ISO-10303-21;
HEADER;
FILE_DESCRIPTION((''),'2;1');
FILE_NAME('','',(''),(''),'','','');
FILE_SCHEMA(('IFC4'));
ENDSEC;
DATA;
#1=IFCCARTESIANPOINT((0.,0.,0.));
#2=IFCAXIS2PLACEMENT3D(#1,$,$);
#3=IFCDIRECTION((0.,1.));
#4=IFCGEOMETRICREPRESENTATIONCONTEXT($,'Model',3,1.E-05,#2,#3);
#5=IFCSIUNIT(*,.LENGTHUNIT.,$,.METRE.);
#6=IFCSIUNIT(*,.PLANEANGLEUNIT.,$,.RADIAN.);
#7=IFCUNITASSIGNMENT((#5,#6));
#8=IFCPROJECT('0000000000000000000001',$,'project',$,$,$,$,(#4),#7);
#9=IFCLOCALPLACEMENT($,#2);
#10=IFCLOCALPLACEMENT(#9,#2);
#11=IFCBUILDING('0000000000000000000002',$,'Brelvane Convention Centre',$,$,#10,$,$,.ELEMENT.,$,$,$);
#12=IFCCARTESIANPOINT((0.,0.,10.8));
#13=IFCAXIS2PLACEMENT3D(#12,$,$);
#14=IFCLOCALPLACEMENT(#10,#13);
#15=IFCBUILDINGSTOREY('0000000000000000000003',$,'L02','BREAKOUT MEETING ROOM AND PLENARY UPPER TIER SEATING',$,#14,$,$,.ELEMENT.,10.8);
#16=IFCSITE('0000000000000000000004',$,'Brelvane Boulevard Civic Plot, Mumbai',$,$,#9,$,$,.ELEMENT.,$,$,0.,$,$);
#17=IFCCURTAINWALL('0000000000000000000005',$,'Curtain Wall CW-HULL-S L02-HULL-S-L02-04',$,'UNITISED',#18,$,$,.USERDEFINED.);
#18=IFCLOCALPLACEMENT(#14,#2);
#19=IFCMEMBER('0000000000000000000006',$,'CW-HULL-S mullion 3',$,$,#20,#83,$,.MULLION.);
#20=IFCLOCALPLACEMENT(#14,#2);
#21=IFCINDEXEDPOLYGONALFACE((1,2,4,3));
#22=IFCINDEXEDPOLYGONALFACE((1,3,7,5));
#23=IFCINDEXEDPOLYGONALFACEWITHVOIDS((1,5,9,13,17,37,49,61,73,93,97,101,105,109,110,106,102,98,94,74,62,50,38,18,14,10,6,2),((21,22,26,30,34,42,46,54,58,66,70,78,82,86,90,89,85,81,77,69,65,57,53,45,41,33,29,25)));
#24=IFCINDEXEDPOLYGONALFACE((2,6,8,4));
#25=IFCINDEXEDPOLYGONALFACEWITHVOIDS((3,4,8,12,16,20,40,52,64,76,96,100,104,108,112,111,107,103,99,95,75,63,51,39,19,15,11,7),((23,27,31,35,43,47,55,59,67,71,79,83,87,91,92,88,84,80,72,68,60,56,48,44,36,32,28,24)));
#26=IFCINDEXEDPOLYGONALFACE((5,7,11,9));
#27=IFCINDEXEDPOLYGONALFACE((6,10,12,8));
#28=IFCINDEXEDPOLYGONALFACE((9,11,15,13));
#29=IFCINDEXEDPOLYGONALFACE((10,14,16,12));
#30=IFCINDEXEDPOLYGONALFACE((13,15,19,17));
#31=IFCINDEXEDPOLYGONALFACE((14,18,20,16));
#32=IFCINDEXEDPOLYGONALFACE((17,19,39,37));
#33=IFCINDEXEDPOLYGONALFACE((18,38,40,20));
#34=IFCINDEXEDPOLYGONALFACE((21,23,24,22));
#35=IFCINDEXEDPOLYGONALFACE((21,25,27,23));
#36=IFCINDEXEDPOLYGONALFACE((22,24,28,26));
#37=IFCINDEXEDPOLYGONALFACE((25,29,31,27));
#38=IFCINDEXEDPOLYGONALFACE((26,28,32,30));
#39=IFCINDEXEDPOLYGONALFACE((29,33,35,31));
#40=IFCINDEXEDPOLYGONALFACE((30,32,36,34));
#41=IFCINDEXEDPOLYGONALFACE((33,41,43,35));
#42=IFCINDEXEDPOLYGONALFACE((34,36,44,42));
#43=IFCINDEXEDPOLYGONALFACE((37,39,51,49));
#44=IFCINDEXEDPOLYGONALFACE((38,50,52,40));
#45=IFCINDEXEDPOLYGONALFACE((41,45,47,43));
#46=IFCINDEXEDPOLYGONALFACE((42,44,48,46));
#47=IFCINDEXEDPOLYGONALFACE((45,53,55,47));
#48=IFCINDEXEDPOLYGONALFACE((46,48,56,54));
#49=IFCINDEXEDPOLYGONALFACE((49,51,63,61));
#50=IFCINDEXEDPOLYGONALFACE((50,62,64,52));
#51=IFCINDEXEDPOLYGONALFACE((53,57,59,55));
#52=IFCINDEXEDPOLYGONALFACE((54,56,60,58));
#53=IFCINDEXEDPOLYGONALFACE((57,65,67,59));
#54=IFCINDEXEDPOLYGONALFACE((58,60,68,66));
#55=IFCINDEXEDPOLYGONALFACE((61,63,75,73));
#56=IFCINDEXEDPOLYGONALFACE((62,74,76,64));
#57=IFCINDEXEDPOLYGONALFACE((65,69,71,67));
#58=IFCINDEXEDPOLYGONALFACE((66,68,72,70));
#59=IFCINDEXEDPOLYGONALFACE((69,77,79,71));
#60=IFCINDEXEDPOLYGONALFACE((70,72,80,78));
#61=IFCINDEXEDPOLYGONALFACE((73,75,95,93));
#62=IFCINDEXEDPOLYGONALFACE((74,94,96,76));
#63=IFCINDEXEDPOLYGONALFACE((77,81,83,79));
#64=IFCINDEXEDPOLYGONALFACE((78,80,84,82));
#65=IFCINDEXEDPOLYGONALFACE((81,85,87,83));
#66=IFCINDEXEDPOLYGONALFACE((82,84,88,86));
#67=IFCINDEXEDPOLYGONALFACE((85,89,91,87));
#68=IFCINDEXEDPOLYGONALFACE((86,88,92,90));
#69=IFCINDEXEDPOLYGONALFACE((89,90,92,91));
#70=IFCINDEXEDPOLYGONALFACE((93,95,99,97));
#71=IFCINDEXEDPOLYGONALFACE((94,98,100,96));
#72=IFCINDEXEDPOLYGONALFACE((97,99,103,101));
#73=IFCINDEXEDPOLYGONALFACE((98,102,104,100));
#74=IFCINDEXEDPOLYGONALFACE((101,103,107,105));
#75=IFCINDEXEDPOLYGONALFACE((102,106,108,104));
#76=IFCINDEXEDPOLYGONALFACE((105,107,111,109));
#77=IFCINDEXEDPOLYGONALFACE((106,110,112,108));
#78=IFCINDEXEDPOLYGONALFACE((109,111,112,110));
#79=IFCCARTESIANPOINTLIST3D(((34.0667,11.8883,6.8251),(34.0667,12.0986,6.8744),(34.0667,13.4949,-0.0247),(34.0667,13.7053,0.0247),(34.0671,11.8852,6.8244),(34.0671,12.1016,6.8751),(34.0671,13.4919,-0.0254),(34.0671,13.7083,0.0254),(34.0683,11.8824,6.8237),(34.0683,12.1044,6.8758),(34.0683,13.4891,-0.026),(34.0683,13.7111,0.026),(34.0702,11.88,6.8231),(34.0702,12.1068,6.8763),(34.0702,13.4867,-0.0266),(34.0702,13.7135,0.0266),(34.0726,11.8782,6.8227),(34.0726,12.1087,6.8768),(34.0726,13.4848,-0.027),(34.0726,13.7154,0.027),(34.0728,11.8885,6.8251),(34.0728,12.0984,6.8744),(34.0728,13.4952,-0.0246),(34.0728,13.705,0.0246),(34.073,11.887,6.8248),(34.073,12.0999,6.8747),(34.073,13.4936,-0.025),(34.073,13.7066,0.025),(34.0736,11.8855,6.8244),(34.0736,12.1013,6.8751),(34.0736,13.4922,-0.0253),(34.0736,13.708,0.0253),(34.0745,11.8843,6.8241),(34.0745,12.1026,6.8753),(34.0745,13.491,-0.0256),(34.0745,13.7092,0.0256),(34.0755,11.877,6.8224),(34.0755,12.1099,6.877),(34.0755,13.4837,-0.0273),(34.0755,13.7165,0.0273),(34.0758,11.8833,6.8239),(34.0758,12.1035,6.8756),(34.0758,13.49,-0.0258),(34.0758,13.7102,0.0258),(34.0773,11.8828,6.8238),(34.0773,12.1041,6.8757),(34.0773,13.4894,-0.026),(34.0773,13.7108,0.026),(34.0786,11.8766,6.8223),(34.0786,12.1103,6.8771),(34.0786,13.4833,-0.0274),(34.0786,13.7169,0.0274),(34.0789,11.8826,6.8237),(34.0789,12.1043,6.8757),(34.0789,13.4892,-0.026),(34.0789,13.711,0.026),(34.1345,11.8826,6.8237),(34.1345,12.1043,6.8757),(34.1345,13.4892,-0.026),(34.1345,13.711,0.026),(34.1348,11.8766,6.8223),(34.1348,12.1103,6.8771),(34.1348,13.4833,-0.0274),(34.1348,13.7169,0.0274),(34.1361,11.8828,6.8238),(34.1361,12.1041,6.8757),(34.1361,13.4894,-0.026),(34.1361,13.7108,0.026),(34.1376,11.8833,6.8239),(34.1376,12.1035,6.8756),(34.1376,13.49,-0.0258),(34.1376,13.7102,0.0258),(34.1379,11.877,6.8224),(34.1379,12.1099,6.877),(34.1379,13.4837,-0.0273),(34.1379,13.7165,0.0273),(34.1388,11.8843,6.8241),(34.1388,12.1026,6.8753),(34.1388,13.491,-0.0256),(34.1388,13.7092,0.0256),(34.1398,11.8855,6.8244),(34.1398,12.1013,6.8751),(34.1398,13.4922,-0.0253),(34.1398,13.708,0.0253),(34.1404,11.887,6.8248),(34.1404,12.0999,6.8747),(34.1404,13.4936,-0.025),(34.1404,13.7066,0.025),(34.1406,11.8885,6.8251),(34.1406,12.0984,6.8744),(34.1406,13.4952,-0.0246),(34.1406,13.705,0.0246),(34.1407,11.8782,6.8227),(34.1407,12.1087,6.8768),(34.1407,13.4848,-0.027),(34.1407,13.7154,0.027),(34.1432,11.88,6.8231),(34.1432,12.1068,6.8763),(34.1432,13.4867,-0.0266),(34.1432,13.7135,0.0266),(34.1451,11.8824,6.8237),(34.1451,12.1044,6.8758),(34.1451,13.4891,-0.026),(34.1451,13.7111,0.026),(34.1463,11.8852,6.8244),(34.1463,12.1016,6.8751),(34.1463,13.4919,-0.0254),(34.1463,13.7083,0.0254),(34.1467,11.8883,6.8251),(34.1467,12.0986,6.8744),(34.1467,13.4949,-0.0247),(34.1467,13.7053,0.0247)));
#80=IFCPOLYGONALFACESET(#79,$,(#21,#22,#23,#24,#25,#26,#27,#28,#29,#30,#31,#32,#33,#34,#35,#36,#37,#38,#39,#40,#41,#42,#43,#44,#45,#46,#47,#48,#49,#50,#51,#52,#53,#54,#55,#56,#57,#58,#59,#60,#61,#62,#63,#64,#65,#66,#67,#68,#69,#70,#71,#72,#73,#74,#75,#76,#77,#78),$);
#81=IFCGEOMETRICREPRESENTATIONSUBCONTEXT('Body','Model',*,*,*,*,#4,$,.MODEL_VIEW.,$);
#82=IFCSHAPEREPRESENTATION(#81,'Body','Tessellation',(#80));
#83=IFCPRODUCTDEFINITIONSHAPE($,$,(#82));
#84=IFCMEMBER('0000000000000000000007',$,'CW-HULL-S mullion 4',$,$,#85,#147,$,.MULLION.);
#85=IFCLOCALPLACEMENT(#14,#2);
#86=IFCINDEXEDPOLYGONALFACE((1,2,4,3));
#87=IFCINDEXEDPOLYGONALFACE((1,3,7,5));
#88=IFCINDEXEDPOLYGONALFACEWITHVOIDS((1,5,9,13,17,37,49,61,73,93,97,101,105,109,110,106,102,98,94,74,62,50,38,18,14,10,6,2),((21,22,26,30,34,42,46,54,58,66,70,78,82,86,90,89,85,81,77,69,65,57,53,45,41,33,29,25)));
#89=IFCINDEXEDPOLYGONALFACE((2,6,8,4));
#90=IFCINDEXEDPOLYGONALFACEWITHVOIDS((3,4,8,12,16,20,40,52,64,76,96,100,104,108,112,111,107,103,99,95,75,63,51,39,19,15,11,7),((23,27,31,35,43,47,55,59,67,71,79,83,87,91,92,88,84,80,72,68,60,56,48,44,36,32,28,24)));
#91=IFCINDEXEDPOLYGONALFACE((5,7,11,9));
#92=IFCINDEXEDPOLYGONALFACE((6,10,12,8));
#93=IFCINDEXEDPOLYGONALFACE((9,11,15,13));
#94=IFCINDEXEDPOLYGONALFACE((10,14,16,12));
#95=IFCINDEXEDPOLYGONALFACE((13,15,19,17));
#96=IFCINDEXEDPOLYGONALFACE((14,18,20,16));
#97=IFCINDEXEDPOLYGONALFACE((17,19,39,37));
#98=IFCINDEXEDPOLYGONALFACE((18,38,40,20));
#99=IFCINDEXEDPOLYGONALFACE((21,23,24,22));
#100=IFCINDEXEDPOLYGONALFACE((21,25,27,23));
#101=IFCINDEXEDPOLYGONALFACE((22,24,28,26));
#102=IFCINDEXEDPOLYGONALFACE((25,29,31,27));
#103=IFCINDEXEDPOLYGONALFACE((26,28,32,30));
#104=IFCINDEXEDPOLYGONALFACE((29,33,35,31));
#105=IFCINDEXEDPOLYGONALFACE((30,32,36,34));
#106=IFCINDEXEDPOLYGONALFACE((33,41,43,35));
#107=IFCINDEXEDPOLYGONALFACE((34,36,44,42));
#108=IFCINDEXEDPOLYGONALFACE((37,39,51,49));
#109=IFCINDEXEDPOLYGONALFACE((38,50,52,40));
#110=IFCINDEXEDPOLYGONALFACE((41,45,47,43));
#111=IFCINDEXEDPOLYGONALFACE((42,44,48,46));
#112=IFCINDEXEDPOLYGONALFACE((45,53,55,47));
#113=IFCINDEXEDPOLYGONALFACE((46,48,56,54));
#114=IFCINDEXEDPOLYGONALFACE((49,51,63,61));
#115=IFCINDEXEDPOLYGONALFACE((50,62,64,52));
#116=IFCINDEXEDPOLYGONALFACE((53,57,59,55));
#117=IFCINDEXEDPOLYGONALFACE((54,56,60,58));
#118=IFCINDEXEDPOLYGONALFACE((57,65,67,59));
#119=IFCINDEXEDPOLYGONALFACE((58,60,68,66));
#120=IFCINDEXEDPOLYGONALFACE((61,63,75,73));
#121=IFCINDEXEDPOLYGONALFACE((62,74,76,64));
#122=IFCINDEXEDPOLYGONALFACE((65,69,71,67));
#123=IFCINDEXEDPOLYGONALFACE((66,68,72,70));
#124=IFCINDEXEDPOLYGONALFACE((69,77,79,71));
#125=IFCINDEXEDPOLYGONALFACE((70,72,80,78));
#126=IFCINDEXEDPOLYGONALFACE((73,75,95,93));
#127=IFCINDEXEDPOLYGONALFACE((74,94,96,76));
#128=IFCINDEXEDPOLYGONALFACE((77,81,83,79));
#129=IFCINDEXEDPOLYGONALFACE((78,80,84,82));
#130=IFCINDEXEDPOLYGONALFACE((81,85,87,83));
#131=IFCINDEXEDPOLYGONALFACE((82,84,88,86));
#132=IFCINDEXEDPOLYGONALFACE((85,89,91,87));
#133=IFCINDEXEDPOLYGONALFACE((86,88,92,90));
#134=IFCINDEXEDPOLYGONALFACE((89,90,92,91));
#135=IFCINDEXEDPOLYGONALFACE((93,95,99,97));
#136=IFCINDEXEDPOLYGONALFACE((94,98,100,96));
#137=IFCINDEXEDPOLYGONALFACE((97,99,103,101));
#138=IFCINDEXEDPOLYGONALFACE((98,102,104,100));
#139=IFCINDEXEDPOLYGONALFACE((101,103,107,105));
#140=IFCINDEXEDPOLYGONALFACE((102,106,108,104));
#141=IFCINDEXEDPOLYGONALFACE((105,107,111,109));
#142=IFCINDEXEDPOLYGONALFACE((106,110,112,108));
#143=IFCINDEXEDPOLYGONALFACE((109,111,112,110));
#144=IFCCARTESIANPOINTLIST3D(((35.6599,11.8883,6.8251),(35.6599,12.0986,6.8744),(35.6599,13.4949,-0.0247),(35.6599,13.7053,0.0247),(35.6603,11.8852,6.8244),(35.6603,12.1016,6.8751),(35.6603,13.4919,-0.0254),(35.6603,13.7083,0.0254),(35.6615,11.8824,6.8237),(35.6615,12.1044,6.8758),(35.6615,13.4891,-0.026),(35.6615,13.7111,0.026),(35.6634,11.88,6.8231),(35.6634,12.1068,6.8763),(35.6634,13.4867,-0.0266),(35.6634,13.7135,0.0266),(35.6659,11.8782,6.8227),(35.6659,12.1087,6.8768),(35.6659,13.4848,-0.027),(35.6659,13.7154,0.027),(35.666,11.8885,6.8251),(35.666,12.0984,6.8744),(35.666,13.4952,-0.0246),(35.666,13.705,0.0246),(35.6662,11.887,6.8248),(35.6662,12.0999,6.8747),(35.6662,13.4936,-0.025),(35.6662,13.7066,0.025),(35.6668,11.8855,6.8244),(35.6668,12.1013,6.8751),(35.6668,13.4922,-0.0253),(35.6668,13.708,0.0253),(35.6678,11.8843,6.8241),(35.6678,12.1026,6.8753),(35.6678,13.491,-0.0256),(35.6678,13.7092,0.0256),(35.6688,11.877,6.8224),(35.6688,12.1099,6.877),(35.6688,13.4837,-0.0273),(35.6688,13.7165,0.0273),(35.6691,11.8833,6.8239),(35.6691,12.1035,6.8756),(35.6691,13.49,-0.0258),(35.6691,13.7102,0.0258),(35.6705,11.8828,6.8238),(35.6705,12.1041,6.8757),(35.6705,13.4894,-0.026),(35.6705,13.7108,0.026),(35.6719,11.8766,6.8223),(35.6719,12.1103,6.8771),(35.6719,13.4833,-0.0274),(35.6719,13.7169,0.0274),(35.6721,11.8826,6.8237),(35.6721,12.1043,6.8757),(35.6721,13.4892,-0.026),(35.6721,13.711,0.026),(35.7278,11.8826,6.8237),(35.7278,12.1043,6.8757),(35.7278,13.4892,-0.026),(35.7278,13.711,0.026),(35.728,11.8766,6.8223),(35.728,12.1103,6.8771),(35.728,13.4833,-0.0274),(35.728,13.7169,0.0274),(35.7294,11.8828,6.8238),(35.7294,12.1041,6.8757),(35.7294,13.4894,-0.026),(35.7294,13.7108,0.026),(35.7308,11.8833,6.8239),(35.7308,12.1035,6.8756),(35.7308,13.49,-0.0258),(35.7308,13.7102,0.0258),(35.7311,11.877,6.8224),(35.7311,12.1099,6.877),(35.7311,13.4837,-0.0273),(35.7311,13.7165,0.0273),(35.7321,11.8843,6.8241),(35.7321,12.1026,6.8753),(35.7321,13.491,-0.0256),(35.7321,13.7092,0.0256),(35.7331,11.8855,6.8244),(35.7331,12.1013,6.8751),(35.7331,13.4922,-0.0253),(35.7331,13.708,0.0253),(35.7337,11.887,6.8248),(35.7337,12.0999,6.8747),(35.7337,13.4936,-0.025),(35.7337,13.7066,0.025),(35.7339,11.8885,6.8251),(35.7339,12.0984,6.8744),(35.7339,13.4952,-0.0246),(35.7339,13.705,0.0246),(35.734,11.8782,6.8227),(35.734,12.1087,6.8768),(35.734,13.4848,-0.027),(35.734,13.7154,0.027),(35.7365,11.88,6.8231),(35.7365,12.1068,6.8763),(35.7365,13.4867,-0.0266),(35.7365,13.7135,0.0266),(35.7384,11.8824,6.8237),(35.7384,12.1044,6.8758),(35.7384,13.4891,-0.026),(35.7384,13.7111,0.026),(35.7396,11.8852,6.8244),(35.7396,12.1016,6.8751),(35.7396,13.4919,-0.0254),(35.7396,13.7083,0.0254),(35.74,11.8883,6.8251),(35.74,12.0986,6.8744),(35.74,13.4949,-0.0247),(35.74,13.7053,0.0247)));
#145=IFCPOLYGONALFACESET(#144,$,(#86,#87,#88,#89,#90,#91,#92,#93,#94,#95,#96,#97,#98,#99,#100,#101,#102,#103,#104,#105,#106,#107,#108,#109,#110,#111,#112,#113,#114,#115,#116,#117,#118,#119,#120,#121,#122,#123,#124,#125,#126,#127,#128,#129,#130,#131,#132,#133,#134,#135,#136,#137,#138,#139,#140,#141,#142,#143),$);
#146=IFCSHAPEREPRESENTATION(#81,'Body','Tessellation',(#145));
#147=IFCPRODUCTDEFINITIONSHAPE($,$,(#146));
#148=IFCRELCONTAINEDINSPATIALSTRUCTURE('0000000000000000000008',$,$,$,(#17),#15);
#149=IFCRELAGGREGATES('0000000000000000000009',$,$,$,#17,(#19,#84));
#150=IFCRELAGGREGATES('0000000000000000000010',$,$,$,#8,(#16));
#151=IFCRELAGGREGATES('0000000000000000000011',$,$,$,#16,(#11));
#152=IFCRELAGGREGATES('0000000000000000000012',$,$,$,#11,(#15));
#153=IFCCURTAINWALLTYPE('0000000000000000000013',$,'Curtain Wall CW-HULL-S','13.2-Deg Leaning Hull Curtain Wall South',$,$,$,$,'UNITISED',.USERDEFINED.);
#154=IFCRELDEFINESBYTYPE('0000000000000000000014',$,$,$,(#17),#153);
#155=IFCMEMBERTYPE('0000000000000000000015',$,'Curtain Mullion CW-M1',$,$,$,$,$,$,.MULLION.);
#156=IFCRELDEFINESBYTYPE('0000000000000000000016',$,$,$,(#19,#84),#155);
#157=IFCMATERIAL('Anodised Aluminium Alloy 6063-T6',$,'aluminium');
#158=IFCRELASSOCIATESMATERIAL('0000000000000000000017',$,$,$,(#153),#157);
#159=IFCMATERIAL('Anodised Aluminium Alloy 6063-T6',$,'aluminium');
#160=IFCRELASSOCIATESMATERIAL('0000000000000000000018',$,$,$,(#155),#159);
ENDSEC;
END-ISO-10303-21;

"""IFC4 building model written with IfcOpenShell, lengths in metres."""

from ifc_helpers import new_model, si_unit, direction, frame, origin, origin_2d, place, context, subcontext, project, spatial, hollow_rectangle, extrude, material, material_profile, profile_set, type_object, element, aggregate, save


model = new_model("IFC4")

# Units and contexts
model_context = context("Model", 3, precision=1e-05, world=origin(), true_north=direction((0.0, 1.0)))
body_context = subcontext(model_context, "Body", "Model", "MODEL_VIEW")
ifc_project = project(units=[si_unit("LENGTHUNIT", "METRE"), si_unit("PLANEANGLEUNIT", "RADIAN")], contexts=[model_context])

# Site, building, storey
site_placement = place(None, origin())
site = spatial("IfcSite", under=ifc_project, at=site_placement, Name="Brelvane Boulevard Civic Plot, Mumbai", CompositionType="ELEMENT", RefElevation=0.0)
building_placement = place(site_placement, origin())
building = spatial("IfcBuilding", under=site, at=building_placement, Name="Brelvane Convention Centre", CompositionType="ELEMENT")
storey_placement = place(building_placement, frame((0.0, 0.0, 10.8)))
storey = spatial("IfcBuildingStorey", under=building, at=storey_placement, Name="L02", Description="BREAKOUT MEETING ROOM AND PLENARY UPPER TIER SEATING", CompositionType="ELEMENT", Elevation=10.8)

# Shared definitions
ifc_material_1 = material(Name="Anodised Aluminium Alloy 6063-T6", Category="aluminium")
curtain_wall_type = type_object("IfcCurtainWallType", Name="Curtain Wall CW-HULL-S", Description="13.2-Deg Leaning Hull Curtain Wall South", ElementType="UNITISED", PredefinedType="USERDEFINED", material=ifc_material_1)
ifc_material_2 = material(Name="Anodised Aluminium Alloy 6063-T6", Category="aluminium")
ifc_material_profile_1 = material_profile(ifc_material_2, hollow_rectangle(XDim=0.0801, YDim=0.24, WallThickness=0.0061, InnerFilletRadius=0.0061, OuterFilletRadius=0.012, at=origin_2d()), Name="ALU-M 240x80x6.0")
ifc_profile_set_1 = profile_set([ifc_material_profile_1], Name="Anodised Aluminium Alloy 6063-T6")
member_type_1 = type_object("IfcMemberType", Name="Curtain Mullion CW-M1", PredefinedType="MULLION", material=ifc_profile_set_1)

# Curtain wall, members
curtain_wall_1_placement = place(storey_placement, origin())
curtain_wall_1 = element("IfcCurtainWall", 1, at=curtain_wall_1_placement, inside=storey, type_object=curtain_wall_type, Name="Curtain Wall CW-HULL-S L02-HULL-S-L02-04", ObjectType="UNITISED", PredefinedType="USERDEFINED")
member_1_placement = place(storey_placement, frame((34.1067, 13.6001, 0.0), z_axis=(0.0, -0.22836, 0.973577), x_axis=(1.0, 0.0, 0.0)))
member_1 = element("IfcMember", 2, at=member_1_placement, type_object=member_type_1, Name="CW-HULL-S mullion 3", PredefinedType="MULLION", context=body_context, shape_type="SweptSolid", body=[
    extrude(hollow_rectangle(XDim=0.0801, YDim=0.24, WallThickness=0.0061, InnerFilletRadius=0.0061, OuterFilletRadius=0.012, at=origin_2d()), origin(), (0.0, 0.0, 1.0), 7.0356),
])
member_2_placement = place(storey_placement, frame((35.7, 13.6001, 0.0), z_axis=(0.0, -0.22836, 0.973577), x_axis=(1.0, 0.0, 0.0)))
member_2 = element("IfcMember", 3, at=member_2_placement, type_object=member_type_1, Name="CW-HULL-S mullion 4", PredefinedType="MULLION", context=body_context, shape_type="SweptSolid", body=[
    extrude(hollow_rectangle(XDim=0.0801, YDim=0.24, WallThickness=0.0061, InnerFilletRadius=0.0061, OuterFilletRadius=0.012, at=origin_2d()), origin(), (0.0, 0.0, 1.0), 7.0356),
])

aggregate(curtain_wall_1, [member_1, member_2])

save(model, "model.ifc")
